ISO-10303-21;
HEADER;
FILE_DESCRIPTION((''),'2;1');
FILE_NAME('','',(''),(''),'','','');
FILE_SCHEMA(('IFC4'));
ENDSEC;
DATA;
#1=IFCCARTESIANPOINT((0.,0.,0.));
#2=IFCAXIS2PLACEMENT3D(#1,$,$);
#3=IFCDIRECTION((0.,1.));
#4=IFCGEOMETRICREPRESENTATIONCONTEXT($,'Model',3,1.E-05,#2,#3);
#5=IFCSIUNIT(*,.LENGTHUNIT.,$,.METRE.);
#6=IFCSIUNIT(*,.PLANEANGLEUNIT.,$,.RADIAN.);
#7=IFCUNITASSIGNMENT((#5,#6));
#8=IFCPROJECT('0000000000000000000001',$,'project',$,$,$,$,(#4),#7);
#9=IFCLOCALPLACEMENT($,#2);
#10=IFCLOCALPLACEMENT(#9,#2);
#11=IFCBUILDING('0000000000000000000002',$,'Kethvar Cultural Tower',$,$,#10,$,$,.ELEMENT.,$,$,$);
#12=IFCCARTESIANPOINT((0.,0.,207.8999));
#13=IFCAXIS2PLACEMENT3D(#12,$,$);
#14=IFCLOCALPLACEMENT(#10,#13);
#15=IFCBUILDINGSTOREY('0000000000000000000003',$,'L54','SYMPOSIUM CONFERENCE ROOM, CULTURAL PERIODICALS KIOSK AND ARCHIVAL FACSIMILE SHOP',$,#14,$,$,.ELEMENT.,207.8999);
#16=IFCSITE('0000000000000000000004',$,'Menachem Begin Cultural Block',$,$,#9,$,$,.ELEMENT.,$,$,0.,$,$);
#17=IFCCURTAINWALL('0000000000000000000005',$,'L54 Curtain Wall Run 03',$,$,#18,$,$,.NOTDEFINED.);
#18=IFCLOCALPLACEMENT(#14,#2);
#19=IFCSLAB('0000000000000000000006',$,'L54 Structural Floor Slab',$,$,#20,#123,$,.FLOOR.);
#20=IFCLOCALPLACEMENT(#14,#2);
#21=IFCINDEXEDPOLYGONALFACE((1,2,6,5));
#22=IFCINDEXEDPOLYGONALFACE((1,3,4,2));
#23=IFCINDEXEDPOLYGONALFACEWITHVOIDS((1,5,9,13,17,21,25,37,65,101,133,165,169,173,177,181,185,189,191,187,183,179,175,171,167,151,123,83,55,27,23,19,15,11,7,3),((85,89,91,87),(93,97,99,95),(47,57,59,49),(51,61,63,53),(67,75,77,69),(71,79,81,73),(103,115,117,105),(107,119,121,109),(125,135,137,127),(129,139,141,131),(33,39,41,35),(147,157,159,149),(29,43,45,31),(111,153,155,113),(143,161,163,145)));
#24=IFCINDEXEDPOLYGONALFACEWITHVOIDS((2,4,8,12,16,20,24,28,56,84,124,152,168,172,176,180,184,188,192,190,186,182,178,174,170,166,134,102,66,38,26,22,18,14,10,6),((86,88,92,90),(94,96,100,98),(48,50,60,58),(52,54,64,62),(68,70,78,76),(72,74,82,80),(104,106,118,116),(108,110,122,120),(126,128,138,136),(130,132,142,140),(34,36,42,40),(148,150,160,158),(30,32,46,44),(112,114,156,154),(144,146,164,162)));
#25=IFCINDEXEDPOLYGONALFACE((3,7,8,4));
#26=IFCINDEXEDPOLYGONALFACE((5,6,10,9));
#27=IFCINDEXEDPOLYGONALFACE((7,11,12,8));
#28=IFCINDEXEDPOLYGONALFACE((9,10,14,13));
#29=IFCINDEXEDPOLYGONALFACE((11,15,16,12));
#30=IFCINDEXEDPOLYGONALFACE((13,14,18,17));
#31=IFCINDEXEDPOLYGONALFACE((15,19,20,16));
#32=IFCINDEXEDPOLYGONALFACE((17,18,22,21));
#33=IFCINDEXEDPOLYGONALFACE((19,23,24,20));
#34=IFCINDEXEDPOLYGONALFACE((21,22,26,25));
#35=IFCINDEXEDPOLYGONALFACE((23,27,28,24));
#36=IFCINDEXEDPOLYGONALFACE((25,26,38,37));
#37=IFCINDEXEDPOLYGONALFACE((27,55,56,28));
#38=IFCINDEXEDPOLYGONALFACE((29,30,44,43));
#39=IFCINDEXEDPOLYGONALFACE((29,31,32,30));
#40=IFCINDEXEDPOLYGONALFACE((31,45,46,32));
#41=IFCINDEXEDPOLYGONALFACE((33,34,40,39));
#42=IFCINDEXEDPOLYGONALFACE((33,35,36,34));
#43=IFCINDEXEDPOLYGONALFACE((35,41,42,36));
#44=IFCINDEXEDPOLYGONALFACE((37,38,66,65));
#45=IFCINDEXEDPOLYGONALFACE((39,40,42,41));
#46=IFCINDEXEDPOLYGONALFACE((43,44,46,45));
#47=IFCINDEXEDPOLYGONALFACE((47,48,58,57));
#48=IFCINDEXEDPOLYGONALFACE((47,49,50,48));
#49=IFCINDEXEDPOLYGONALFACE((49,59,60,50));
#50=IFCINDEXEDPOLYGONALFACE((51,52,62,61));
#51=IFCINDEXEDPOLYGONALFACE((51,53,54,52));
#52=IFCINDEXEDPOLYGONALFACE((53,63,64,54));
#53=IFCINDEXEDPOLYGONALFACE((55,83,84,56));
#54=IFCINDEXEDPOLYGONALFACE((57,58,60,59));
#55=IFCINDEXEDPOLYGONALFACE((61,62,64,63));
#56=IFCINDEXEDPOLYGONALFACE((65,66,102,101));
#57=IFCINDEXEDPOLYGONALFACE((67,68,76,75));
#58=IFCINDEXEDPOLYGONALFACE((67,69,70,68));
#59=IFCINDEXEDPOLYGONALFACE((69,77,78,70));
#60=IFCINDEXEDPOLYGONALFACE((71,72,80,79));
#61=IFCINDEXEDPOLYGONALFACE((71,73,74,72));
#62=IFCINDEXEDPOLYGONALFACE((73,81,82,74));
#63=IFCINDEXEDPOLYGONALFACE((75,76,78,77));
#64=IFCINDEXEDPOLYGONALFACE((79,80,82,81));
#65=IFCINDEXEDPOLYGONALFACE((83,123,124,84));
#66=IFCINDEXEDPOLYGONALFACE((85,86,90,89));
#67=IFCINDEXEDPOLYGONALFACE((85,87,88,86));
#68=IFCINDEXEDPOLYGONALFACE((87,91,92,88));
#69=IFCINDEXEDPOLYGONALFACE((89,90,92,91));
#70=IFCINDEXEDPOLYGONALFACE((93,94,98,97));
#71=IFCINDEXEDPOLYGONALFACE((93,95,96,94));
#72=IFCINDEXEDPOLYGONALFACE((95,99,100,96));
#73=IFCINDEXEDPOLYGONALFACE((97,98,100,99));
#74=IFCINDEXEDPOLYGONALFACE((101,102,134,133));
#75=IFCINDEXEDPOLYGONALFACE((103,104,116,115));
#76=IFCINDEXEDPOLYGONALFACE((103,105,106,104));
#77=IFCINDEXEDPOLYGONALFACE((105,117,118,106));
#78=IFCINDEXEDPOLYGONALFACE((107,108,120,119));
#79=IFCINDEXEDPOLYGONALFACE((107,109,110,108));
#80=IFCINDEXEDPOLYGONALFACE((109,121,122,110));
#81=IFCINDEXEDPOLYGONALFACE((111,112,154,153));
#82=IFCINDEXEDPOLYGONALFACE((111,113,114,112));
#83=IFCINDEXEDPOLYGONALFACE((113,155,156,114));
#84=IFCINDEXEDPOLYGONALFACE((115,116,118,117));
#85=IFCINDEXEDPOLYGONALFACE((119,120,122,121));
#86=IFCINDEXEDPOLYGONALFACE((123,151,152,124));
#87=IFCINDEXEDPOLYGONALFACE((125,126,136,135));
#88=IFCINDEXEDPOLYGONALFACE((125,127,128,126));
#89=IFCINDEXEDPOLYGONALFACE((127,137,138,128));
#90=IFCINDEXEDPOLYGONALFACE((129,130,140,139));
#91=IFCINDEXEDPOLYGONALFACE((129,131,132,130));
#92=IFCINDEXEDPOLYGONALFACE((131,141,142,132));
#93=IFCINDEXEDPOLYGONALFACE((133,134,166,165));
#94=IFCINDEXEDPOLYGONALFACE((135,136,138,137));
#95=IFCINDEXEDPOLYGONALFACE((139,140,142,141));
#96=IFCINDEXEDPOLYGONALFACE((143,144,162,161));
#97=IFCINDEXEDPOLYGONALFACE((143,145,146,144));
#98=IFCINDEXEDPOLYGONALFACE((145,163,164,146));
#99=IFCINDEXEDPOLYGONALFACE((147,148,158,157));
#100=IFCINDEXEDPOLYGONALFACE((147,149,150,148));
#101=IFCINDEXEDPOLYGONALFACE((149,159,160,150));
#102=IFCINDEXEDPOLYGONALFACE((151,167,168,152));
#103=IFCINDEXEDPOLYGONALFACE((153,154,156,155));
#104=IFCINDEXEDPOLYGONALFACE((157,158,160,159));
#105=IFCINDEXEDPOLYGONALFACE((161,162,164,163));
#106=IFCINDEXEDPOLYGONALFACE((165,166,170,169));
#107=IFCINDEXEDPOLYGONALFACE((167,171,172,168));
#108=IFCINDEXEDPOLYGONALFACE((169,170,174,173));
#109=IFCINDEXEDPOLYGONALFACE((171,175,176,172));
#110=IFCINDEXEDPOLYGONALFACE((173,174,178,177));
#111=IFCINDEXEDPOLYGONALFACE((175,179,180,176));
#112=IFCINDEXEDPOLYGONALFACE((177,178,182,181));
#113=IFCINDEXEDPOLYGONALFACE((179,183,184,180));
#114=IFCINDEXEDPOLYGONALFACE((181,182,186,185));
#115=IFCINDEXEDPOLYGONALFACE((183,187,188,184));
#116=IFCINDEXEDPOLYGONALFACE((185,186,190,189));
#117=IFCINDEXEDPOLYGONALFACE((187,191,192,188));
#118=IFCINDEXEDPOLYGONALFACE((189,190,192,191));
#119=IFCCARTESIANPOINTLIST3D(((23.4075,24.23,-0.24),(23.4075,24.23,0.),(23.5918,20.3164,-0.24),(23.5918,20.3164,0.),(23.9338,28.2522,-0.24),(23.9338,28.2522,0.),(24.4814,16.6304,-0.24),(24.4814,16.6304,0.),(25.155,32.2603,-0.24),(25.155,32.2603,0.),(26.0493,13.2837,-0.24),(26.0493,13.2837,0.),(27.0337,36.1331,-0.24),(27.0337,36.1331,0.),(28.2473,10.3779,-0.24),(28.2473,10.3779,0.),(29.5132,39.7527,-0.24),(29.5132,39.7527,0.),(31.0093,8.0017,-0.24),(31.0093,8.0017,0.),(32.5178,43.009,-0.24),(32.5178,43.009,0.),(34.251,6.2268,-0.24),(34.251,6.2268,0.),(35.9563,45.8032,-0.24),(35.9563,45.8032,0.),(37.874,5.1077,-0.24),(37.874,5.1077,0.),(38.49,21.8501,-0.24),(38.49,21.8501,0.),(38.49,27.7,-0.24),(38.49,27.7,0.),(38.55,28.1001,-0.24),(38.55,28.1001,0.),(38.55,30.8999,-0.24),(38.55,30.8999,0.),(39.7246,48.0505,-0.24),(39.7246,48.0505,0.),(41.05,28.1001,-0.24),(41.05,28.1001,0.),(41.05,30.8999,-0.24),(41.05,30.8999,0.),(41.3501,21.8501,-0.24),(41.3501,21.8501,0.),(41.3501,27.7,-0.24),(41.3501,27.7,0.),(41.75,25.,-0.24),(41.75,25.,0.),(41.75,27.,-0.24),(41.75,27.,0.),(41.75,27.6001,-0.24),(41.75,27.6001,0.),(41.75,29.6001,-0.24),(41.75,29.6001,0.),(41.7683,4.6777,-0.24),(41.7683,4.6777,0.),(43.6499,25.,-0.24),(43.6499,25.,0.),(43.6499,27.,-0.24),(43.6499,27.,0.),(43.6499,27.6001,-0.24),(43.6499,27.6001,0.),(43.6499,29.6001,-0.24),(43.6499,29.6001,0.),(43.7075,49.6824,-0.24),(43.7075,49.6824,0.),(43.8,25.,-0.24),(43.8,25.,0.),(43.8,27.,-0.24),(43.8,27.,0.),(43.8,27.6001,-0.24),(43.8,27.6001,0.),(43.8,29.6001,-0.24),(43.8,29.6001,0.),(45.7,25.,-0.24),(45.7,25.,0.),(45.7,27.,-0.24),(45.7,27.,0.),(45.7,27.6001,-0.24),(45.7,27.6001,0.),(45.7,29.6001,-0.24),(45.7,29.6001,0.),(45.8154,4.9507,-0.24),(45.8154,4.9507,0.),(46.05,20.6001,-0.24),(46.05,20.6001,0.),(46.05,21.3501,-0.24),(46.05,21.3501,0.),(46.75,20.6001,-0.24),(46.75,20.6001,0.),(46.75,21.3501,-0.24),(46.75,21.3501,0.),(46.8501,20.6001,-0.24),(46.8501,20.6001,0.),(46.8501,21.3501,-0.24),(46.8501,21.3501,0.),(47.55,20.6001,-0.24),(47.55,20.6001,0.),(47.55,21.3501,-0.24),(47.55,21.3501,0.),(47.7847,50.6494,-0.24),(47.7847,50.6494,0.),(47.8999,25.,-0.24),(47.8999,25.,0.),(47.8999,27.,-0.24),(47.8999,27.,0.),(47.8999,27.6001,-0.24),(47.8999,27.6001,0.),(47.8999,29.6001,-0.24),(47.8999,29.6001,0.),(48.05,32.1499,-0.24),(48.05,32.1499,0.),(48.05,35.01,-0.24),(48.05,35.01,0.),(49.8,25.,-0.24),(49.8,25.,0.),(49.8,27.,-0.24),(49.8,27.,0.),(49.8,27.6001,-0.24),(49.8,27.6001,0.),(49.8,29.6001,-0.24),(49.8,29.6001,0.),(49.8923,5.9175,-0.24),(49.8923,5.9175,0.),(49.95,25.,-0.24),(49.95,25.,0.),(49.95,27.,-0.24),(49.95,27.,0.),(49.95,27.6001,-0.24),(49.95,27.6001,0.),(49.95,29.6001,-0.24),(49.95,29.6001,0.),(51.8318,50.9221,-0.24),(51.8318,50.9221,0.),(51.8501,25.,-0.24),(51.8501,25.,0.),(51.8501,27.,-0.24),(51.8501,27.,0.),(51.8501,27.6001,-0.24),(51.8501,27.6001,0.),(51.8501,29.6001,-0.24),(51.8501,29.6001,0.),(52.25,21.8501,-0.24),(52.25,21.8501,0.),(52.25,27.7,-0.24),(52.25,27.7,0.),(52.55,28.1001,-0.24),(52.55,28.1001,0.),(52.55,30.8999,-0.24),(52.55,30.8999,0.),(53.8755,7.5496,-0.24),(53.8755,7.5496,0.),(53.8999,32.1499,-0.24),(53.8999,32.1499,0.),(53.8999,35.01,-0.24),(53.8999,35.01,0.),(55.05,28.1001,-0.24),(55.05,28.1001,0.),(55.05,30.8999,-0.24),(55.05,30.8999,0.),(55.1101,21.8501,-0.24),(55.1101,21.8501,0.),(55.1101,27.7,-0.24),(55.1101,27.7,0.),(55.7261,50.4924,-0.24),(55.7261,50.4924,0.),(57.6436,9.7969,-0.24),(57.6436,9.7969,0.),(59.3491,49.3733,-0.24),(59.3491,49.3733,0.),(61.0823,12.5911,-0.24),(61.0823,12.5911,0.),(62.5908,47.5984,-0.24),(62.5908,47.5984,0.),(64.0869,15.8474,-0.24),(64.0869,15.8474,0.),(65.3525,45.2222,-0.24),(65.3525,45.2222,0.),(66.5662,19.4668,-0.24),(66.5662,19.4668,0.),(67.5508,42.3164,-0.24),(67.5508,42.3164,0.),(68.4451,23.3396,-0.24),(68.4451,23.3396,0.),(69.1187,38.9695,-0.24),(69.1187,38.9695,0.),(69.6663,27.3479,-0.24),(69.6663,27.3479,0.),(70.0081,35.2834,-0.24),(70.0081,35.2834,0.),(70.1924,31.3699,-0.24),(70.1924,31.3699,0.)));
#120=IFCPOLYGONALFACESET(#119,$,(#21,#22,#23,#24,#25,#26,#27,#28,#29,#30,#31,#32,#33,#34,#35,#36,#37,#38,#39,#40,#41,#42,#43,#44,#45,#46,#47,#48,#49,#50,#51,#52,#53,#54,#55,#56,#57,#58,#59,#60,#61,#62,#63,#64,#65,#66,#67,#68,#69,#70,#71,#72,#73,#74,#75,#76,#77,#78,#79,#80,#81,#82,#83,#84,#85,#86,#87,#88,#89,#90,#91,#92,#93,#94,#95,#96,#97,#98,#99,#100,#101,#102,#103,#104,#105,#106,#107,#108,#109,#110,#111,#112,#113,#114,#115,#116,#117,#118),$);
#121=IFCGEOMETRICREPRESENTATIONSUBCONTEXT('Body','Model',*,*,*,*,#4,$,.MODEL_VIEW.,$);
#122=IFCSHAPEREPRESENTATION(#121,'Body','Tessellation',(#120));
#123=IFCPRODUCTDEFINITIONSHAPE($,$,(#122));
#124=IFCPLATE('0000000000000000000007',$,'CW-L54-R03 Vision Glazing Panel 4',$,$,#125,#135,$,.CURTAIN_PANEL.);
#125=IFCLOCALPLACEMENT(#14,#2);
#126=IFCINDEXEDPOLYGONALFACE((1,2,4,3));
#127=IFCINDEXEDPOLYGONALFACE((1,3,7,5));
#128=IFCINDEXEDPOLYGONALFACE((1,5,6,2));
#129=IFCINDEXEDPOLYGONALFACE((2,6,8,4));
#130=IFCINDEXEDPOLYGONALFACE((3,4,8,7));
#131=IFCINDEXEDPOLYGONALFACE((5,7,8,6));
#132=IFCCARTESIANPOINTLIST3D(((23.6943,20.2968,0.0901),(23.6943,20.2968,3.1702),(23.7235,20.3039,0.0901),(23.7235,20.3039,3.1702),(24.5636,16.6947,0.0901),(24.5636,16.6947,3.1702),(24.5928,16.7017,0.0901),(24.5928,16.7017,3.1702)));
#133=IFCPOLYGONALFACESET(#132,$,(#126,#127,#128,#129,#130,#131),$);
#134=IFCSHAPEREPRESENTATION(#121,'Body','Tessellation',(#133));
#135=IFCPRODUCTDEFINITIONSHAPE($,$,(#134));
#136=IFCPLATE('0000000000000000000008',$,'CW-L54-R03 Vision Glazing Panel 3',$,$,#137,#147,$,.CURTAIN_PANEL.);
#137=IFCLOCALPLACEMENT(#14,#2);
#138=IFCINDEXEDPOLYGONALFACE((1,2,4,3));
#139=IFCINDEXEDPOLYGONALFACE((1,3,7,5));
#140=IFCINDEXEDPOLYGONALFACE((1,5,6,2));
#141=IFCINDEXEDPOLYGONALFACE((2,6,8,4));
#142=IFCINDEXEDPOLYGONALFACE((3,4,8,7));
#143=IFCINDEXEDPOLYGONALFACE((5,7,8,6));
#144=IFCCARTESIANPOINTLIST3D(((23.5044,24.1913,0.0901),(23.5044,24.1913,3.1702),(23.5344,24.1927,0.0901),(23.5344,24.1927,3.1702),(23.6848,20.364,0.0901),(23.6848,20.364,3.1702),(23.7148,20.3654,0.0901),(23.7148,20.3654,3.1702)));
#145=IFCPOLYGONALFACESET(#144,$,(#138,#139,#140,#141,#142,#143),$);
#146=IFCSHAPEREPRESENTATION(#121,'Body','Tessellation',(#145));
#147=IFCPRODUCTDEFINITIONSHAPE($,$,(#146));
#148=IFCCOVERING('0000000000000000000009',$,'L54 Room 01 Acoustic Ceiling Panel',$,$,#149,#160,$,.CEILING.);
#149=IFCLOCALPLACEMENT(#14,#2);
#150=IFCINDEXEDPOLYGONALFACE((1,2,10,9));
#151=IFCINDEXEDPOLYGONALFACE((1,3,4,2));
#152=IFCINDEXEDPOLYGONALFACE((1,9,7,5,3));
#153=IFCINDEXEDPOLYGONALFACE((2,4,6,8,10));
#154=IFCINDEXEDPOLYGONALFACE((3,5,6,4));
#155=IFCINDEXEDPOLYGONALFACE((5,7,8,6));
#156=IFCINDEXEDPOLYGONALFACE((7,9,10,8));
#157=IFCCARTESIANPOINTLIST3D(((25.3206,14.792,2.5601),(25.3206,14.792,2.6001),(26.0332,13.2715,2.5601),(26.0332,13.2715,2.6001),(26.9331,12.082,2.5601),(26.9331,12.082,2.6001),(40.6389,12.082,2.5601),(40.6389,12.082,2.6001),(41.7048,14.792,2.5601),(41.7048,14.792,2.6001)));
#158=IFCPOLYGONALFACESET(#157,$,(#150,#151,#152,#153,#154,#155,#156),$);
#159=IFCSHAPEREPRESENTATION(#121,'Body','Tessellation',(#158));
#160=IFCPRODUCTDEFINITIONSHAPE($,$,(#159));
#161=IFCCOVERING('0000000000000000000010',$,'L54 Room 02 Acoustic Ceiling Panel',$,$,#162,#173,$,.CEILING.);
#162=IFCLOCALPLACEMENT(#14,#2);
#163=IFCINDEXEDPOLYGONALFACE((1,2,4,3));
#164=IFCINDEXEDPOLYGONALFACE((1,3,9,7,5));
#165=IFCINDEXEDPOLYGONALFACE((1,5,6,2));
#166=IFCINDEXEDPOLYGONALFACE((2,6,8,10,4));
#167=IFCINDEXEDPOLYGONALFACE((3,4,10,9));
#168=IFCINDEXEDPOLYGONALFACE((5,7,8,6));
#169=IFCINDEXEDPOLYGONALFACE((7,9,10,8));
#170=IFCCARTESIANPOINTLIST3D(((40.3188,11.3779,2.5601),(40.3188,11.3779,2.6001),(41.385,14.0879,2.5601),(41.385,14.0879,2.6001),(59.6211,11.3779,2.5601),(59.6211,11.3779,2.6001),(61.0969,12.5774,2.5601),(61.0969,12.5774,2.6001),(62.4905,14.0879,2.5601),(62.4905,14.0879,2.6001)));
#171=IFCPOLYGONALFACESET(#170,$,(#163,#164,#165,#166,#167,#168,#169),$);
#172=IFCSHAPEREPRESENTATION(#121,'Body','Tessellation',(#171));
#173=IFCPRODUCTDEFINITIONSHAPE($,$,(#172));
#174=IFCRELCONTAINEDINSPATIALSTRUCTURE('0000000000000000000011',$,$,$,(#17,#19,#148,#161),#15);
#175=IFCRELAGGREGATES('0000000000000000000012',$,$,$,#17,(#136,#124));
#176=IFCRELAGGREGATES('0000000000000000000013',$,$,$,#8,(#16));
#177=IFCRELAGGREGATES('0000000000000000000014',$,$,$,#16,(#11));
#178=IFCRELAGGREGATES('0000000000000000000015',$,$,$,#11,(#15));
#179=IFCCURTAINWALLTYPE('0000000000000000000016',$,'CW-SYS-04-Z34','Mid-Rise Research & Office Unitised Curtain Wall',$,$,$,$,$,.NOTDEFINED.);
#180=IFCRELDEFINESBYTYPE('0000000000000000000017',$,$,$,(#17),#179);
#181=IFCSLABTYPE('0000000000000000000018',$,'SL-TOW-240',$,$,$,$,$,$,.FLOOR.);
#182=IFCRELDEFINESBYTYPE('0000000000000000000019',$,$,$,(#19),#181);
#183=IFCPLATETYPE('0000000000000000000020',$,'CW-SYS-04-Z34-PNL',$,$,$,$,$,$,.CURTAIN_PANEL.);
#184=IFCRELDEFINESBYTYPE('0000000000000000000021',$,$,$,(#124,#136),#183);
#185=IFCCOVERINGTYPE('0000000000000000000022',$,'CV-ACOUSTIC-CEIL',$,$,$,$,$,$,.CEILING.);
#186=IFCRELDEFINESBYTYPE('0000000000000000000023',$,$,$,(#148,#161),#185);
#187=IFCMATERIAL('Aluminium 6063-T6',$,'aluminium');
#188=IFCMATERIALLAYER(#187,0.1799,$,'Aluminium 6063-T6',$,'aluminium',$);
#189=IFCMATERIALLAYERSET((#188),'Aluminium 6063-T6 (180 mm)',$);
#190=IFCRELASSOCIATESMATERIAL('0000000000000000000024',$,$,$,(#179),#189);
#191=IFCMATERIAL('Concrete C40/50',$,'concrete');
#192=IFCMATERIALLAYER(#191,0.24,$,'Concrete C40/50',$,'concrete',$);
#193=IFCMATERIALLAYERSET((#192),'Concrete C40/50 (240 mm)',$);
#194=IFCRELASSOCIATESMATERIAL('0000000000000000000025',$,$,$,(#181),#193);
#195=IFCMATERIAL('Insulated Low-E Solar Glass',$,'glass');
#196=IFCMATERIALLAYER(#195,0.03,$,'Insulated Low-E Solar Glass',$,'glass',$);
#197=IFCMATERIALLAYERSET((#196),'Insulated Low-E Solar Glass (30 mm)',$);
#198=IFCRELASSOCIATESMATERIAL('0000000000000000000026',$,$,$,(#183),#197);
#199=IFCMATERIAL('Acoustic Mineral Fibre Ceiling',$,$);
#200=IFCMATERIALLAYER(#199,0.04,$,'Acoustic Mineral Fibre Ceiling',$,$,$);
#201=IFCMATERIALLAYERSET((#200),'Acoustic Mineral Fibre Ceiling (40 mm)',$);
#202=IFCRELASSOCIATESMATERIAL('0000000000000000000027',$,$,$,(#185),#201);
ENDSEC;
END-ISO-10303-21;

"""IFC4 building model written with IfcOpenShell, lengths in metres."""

from ifc_helpers import new_model, si_unit, direction, frame, origin, origin_2d, place, context, subcontext, project, spatial, polyline, rectangle, outline, extrude, source, transform, mapped, material, layer, layer_set, type_object, element, aggregate, save


model = new_model("IFC4")

# Units and contexts
model_context = context("Model", 3, precision=1e-05, world=origin(), true_north=direction((0.0, 1.0)))
body_context = subcontext(model_context, "Body", "Model", "MODEL_VIEW")
ifc_project = project(units=[si_unit("LENGTHUNIT", "METRE"), si_unit("PLANEANGLEUNIT", "RADIAN")], contexts=[model_context])

# Site, building, storey
site_placement = place(None, origin())
site = spatial("IfcSite", under=ifc_project, at=site_placement, Name="Menachem Begin Cultural Block", CompositionType="ELEMENT", RefElevation=0.0)
building_placement = place(site_placement, origin())
building = spatial("IfcBuilding", under=site, at=building_placement, Name="Kethvar Cultural Tower", CompositionType="ELEMENT")
storey_placement = place(building_placement, frame((0.0, 0.0, 207.8999)))
storey = spatial("IfcBuildingStorey", under=building, at=storey_placement, Name="L54", Description="SYMPOSIUM CONFERENCE ROOM, CULTURAL PERIODICALS KIOSK AND ARCHIVAL FACSIMILE SHOP", CompositionType="ELEMENT", Elevation=207.8999)

# Curtain wall
ifc_material_1 = material(Name="Aluminium 6063-T6", Category="aluminium")
ifc_layer_1 = layer(ifc_material_1, 0.1799, Name="Aluminium 6063-T6", Category="aluminium")
ifc_layer_set_1 = layer_set([ifc_layer_1], Name="Aluminium 6063-T6 (180 mm)")
curtain_wall_type = type_object("IfcCurtainWallType", Name="CW-SYS-04-Z34", Description="Mid-Rise Research & Office Unitised Curtain Wall", PredefinedType="NOTDEFINED", material=ifc_layer_set_1)
curtain_wall_placement = place(storey_placement, origin())
curtain_wall = element("IfcCurtainWall", 1, at=curtain_wall_placement, inside=storey, type_object=curtain_wall_type, Name="L54 Curtain Wall Run 03", PredefinedType="NOTDEFINED")

# Shared definitions
ifc_material_2 = material(Name="Concrete C40/50", Category="concrete")

# Slab
ifc_layer_2 = layer(ifc_material_2, 0.24, Name="Concrete C40/50", Category="concrete")
ifc_layer_set_2 = layer_set([ifc_layer_2], Name="Concrete C40/50 (240 mm)")
slab_type_1 = type_object("IfcSlabType", Name="SL-TOW-240", PredefinedType="FLOOR", material=ifc_layer_set_2)
slab_1_placement = place(storey_placement, frame((0.0, 0.0, -0.24)))
element("IfcSlab", 2, at=slab_1_placement, inside=storey, type_object=slab_type_1, Name="L54 Structural Floor Slab", PredefinedType="FLOOR", context=body_context, shape_type="SweptSolid", body=[
    extrude(outline(polyline([(65.3525, 45.2222), (62.5908, 47.5984), (59.3491, 49.3733), (55.7261, 50.4924), (51.8318, 50.9221), (47.7847, 50.6494), (43.7075, 49.6824), (39.7246, 48.0505), (35.9563, 45.8032), (32.5178, 43.009), (29.5132, 39.7527), (27.0337, 36.1331), (25.155, 32.2603), (23.9338, 28.2522), (23.4075, 24.23), (23.5918, 20.3164), (24.4814, 16.6304), (26.0493, 13.2837), (28.2473, 10.3779), (31.0093, 8.0017), (34.251, 6.2268), (37.874, 5.1077), (41.7683, 4.6777), (45.8154, 4.9507), (49.8923, 5.9175), (53.8755, 7.5496), (57.6436, 9.7969), (61.0823, 12.5911), (64.0869, 15.8474), (66.5662, 19.4668), (68.4451, 23.3396), (69.6663, 27.3479), (70.1924, 31.3699), (70.0081, 35.2834), (69.1187, 38.9695), (67.5508, 42.3164), (65.3525, 45.2222)]), holes=[polyline([(38.49, 21.8501), (38.49, 27.7), (41.3501, 27.7), (41.3501, 21.8501), (38.49, 21.8501)]), polyline([(52.25, 21.8501), (52.25, 27.7), (55.1101, 27.7), (55.1101, 21.8501), (52.25, 21.8501)]), polyline([(53.8999, 32.1499), (48.05, 32.1499), (48.05, 35.01), (53.8999, 35.01), (53.8999, 32.1499)]), polyline([(41.75, 27.0), (43.6499, 27.0), (43.6499, 25.0), (41.75, 25.0), (41.75, 27.0)]), polyline([(43.8, 27.0), (45.7, 27.0), (45.7, 25.0), (43.8, 25.0), (43.8, 27.0)]), polyline([(47.8999, 27.0), (49.8, 27.0), (49.8, 25.0), (47.8999, 25.0), (47.8999, 27.0)]), polyline([(49.95, 27.0), (51.8501, 27.0), (51.8501, 25.0), (49.95, 25.0), (49.95, 27.0)]), polyline([(41.75, 29.6001), (43.6499, 29.6001), (43.6499, 27.6001), (41.75, 27.6001), (41.75, 29.6001)]), polyline([(43.8, 29.6001), (45.7, 29.6001), (45.7, 27.6001), (43.8, 27.6001), (43.8, 29.6001)]), polyline([(47.8999, 29.6001), (49.8, 29.6001), (49.8, 27.6001), (47.8999, 27.6001), (47.8999, 29.6001)]), polyline([(49.95, 29.6001), (51.8501, 29.6001), (51.8501, 27.6001), (49.95, 27.6001), (49.95, 29.6001)]), polyline([(38.55, 30.8999), (41.05, 30.8999), (41.05, 28.1001), (38.55, 28.1001), (38.55, 30.8999)]), polyline([(52.55, 30.8999), (55.05, 30.8999), (55.05, 28.1001), (52.55, 28.1001), (52.55, 30.8999)]), polyline([(46.05, 21.3501), (46.75, 21.3501), (46.75, 20.6001), (46.05, 20.6001), (46.05, 21.3501)]), polyline([(46.8501, 21.3501), (47.55, 21.3501), (47.55, 20.6001), (46.8501, 20.6001), (46.8501, 21.3501)])]), origin(), (0.0, 0.0, 1.0), 0.24),
])

# Plates
ifc_material_3 = material(Name="Insulated Low-E Solar Glass", Category="glass")
ifc_layer_3 = layer(ifc_material_3, 0.03, Name="Insulated Low-E Solar Glass", Category="glass")
ifc_layer_set_3 = layer_set([ifc_layer_3], Name="Insulated Low-E Solar Glass (30 mm)")
plate_type = type_object("IfcPlateType", Name="CW-SYS-04-Z34-PNL", PredefinedType="CURTAIN_PANEL", material=ifc_layer_set_3)
shared_shape_1 = source(origin(), body_context, "Body", "SweptSolid", [
    extrude(rectangle(XDim=3.7056, YDim=0.03, at=origin_2d()), origin(), (0.0, 0.0, 1.0), 3.0801),
])
plate_1_placement = place(storey_placement, frame((24.1436, 18.4993, 0.0901), z_axis=(0.0, 0.0, 1.0), x_axis=(0.234582, -0.972096, 0.0)))
plate_1 = element("IfcPlate", 3, at=plate_1_placement, type_object=plate_type, Name="CW-L54-R03 Vision Glazing Panel 4", PredefinedType="CURTAIN_PANEL", context=body_context, shape_type="MappedRepresentation", body=[
    mapped(shared_shape_1, transform((0.0, 0.0, 0.0), scale=1.0)),
])
shared_shape_2 = source(origin(), body_context, "Body", "SweptSolid", [
    extrude(rectangle(XDim=3.8315, YDim=0.03, at=origin_2d()), origin(), (0.0, 0.0, 1.0), 3.0801),
])
plate_2_placement = place(storey_placement, frame((23.6096, 22.2783, 0.0901), z_axis=(0.0, 0.0, 1.0), x_axis=(0.047072, -0.998892, 0.0)))
plate_2 = element("IfcPlate", 4, at=plate_2_placement, type_object=plate_type, Name="CW-L54-R03 Vision Glazing Panel 3", PredefinedType="CURTAIN_PANEL", context=body_context, shape_type="MappedRepresentation", body=[
    mapped(shared_shape_2, transform((0.0, 0.0, 0.0), scale=1.0)),
])
aggregate(curtain_wall, [plate_2, plate_1])

# Coverings
ifc_material_4 = material(Name="Acoustic Mineral Fibre Ceiling")
ifc_layer_4 = layer(ifc_material_4, 0.04, Name="Acoustic Mineral Fibre Ceiling")
ifc_layer_set_4 = layer_set([ifc_layer_4], Name="Acoustic Mineral Fibre Ceiling (40 mm)")
covering_type_1 = type_object("IfcCoveringType", Name="CV-ACOUSTIC-CEIL", PredefinedType="CEILING", material=ifc_layer_set_4)
covering_1_placement = place(storey_placement, frame((0.0, 0.0, 2.5601)))
element("IfcCovering", 5, at=covering_1_placement, inside=storey, type_object=covering_type_1, Name="L54 Room 01 Acoustic Ceiling Panel", PredefinedType="CEILING", context=body_context, shape_type="SweptSolid", body=[
    extrude(outline(polyline([(26.0332, 13.2715), (25.3206, 14.792), (41.7048, 14.792), (40.6389, 12.082), (26.9331, 12.082), (26.0332, 13.2715)])), origin(), (0.0, 0.0, 1.0), 0.04),
])
covering_2_placement = place(storey_placement, frame((0.0, 0.0, 2.5601)))
element("IfcCovering", 6, at=covering_2_placement, inside=storey, type_object=covering_type_1, Name="L54 Room 02 Acoustic Ceiling Panel", PredefinedType="CEILING", context=body_context, shape_type="SweptSolid", body=[
    extrude(outline(polyline([(61.0969, 12.5774), (59.6211, 11.3779), (40.3188, 11.3779), (41.385, 14.0879), (62.4905, 14.0879), (61.0969, 12.5774)])), origin(), (0.0, 0.0, 1.0), 0.04),
])

save(model, "model.ifc")
